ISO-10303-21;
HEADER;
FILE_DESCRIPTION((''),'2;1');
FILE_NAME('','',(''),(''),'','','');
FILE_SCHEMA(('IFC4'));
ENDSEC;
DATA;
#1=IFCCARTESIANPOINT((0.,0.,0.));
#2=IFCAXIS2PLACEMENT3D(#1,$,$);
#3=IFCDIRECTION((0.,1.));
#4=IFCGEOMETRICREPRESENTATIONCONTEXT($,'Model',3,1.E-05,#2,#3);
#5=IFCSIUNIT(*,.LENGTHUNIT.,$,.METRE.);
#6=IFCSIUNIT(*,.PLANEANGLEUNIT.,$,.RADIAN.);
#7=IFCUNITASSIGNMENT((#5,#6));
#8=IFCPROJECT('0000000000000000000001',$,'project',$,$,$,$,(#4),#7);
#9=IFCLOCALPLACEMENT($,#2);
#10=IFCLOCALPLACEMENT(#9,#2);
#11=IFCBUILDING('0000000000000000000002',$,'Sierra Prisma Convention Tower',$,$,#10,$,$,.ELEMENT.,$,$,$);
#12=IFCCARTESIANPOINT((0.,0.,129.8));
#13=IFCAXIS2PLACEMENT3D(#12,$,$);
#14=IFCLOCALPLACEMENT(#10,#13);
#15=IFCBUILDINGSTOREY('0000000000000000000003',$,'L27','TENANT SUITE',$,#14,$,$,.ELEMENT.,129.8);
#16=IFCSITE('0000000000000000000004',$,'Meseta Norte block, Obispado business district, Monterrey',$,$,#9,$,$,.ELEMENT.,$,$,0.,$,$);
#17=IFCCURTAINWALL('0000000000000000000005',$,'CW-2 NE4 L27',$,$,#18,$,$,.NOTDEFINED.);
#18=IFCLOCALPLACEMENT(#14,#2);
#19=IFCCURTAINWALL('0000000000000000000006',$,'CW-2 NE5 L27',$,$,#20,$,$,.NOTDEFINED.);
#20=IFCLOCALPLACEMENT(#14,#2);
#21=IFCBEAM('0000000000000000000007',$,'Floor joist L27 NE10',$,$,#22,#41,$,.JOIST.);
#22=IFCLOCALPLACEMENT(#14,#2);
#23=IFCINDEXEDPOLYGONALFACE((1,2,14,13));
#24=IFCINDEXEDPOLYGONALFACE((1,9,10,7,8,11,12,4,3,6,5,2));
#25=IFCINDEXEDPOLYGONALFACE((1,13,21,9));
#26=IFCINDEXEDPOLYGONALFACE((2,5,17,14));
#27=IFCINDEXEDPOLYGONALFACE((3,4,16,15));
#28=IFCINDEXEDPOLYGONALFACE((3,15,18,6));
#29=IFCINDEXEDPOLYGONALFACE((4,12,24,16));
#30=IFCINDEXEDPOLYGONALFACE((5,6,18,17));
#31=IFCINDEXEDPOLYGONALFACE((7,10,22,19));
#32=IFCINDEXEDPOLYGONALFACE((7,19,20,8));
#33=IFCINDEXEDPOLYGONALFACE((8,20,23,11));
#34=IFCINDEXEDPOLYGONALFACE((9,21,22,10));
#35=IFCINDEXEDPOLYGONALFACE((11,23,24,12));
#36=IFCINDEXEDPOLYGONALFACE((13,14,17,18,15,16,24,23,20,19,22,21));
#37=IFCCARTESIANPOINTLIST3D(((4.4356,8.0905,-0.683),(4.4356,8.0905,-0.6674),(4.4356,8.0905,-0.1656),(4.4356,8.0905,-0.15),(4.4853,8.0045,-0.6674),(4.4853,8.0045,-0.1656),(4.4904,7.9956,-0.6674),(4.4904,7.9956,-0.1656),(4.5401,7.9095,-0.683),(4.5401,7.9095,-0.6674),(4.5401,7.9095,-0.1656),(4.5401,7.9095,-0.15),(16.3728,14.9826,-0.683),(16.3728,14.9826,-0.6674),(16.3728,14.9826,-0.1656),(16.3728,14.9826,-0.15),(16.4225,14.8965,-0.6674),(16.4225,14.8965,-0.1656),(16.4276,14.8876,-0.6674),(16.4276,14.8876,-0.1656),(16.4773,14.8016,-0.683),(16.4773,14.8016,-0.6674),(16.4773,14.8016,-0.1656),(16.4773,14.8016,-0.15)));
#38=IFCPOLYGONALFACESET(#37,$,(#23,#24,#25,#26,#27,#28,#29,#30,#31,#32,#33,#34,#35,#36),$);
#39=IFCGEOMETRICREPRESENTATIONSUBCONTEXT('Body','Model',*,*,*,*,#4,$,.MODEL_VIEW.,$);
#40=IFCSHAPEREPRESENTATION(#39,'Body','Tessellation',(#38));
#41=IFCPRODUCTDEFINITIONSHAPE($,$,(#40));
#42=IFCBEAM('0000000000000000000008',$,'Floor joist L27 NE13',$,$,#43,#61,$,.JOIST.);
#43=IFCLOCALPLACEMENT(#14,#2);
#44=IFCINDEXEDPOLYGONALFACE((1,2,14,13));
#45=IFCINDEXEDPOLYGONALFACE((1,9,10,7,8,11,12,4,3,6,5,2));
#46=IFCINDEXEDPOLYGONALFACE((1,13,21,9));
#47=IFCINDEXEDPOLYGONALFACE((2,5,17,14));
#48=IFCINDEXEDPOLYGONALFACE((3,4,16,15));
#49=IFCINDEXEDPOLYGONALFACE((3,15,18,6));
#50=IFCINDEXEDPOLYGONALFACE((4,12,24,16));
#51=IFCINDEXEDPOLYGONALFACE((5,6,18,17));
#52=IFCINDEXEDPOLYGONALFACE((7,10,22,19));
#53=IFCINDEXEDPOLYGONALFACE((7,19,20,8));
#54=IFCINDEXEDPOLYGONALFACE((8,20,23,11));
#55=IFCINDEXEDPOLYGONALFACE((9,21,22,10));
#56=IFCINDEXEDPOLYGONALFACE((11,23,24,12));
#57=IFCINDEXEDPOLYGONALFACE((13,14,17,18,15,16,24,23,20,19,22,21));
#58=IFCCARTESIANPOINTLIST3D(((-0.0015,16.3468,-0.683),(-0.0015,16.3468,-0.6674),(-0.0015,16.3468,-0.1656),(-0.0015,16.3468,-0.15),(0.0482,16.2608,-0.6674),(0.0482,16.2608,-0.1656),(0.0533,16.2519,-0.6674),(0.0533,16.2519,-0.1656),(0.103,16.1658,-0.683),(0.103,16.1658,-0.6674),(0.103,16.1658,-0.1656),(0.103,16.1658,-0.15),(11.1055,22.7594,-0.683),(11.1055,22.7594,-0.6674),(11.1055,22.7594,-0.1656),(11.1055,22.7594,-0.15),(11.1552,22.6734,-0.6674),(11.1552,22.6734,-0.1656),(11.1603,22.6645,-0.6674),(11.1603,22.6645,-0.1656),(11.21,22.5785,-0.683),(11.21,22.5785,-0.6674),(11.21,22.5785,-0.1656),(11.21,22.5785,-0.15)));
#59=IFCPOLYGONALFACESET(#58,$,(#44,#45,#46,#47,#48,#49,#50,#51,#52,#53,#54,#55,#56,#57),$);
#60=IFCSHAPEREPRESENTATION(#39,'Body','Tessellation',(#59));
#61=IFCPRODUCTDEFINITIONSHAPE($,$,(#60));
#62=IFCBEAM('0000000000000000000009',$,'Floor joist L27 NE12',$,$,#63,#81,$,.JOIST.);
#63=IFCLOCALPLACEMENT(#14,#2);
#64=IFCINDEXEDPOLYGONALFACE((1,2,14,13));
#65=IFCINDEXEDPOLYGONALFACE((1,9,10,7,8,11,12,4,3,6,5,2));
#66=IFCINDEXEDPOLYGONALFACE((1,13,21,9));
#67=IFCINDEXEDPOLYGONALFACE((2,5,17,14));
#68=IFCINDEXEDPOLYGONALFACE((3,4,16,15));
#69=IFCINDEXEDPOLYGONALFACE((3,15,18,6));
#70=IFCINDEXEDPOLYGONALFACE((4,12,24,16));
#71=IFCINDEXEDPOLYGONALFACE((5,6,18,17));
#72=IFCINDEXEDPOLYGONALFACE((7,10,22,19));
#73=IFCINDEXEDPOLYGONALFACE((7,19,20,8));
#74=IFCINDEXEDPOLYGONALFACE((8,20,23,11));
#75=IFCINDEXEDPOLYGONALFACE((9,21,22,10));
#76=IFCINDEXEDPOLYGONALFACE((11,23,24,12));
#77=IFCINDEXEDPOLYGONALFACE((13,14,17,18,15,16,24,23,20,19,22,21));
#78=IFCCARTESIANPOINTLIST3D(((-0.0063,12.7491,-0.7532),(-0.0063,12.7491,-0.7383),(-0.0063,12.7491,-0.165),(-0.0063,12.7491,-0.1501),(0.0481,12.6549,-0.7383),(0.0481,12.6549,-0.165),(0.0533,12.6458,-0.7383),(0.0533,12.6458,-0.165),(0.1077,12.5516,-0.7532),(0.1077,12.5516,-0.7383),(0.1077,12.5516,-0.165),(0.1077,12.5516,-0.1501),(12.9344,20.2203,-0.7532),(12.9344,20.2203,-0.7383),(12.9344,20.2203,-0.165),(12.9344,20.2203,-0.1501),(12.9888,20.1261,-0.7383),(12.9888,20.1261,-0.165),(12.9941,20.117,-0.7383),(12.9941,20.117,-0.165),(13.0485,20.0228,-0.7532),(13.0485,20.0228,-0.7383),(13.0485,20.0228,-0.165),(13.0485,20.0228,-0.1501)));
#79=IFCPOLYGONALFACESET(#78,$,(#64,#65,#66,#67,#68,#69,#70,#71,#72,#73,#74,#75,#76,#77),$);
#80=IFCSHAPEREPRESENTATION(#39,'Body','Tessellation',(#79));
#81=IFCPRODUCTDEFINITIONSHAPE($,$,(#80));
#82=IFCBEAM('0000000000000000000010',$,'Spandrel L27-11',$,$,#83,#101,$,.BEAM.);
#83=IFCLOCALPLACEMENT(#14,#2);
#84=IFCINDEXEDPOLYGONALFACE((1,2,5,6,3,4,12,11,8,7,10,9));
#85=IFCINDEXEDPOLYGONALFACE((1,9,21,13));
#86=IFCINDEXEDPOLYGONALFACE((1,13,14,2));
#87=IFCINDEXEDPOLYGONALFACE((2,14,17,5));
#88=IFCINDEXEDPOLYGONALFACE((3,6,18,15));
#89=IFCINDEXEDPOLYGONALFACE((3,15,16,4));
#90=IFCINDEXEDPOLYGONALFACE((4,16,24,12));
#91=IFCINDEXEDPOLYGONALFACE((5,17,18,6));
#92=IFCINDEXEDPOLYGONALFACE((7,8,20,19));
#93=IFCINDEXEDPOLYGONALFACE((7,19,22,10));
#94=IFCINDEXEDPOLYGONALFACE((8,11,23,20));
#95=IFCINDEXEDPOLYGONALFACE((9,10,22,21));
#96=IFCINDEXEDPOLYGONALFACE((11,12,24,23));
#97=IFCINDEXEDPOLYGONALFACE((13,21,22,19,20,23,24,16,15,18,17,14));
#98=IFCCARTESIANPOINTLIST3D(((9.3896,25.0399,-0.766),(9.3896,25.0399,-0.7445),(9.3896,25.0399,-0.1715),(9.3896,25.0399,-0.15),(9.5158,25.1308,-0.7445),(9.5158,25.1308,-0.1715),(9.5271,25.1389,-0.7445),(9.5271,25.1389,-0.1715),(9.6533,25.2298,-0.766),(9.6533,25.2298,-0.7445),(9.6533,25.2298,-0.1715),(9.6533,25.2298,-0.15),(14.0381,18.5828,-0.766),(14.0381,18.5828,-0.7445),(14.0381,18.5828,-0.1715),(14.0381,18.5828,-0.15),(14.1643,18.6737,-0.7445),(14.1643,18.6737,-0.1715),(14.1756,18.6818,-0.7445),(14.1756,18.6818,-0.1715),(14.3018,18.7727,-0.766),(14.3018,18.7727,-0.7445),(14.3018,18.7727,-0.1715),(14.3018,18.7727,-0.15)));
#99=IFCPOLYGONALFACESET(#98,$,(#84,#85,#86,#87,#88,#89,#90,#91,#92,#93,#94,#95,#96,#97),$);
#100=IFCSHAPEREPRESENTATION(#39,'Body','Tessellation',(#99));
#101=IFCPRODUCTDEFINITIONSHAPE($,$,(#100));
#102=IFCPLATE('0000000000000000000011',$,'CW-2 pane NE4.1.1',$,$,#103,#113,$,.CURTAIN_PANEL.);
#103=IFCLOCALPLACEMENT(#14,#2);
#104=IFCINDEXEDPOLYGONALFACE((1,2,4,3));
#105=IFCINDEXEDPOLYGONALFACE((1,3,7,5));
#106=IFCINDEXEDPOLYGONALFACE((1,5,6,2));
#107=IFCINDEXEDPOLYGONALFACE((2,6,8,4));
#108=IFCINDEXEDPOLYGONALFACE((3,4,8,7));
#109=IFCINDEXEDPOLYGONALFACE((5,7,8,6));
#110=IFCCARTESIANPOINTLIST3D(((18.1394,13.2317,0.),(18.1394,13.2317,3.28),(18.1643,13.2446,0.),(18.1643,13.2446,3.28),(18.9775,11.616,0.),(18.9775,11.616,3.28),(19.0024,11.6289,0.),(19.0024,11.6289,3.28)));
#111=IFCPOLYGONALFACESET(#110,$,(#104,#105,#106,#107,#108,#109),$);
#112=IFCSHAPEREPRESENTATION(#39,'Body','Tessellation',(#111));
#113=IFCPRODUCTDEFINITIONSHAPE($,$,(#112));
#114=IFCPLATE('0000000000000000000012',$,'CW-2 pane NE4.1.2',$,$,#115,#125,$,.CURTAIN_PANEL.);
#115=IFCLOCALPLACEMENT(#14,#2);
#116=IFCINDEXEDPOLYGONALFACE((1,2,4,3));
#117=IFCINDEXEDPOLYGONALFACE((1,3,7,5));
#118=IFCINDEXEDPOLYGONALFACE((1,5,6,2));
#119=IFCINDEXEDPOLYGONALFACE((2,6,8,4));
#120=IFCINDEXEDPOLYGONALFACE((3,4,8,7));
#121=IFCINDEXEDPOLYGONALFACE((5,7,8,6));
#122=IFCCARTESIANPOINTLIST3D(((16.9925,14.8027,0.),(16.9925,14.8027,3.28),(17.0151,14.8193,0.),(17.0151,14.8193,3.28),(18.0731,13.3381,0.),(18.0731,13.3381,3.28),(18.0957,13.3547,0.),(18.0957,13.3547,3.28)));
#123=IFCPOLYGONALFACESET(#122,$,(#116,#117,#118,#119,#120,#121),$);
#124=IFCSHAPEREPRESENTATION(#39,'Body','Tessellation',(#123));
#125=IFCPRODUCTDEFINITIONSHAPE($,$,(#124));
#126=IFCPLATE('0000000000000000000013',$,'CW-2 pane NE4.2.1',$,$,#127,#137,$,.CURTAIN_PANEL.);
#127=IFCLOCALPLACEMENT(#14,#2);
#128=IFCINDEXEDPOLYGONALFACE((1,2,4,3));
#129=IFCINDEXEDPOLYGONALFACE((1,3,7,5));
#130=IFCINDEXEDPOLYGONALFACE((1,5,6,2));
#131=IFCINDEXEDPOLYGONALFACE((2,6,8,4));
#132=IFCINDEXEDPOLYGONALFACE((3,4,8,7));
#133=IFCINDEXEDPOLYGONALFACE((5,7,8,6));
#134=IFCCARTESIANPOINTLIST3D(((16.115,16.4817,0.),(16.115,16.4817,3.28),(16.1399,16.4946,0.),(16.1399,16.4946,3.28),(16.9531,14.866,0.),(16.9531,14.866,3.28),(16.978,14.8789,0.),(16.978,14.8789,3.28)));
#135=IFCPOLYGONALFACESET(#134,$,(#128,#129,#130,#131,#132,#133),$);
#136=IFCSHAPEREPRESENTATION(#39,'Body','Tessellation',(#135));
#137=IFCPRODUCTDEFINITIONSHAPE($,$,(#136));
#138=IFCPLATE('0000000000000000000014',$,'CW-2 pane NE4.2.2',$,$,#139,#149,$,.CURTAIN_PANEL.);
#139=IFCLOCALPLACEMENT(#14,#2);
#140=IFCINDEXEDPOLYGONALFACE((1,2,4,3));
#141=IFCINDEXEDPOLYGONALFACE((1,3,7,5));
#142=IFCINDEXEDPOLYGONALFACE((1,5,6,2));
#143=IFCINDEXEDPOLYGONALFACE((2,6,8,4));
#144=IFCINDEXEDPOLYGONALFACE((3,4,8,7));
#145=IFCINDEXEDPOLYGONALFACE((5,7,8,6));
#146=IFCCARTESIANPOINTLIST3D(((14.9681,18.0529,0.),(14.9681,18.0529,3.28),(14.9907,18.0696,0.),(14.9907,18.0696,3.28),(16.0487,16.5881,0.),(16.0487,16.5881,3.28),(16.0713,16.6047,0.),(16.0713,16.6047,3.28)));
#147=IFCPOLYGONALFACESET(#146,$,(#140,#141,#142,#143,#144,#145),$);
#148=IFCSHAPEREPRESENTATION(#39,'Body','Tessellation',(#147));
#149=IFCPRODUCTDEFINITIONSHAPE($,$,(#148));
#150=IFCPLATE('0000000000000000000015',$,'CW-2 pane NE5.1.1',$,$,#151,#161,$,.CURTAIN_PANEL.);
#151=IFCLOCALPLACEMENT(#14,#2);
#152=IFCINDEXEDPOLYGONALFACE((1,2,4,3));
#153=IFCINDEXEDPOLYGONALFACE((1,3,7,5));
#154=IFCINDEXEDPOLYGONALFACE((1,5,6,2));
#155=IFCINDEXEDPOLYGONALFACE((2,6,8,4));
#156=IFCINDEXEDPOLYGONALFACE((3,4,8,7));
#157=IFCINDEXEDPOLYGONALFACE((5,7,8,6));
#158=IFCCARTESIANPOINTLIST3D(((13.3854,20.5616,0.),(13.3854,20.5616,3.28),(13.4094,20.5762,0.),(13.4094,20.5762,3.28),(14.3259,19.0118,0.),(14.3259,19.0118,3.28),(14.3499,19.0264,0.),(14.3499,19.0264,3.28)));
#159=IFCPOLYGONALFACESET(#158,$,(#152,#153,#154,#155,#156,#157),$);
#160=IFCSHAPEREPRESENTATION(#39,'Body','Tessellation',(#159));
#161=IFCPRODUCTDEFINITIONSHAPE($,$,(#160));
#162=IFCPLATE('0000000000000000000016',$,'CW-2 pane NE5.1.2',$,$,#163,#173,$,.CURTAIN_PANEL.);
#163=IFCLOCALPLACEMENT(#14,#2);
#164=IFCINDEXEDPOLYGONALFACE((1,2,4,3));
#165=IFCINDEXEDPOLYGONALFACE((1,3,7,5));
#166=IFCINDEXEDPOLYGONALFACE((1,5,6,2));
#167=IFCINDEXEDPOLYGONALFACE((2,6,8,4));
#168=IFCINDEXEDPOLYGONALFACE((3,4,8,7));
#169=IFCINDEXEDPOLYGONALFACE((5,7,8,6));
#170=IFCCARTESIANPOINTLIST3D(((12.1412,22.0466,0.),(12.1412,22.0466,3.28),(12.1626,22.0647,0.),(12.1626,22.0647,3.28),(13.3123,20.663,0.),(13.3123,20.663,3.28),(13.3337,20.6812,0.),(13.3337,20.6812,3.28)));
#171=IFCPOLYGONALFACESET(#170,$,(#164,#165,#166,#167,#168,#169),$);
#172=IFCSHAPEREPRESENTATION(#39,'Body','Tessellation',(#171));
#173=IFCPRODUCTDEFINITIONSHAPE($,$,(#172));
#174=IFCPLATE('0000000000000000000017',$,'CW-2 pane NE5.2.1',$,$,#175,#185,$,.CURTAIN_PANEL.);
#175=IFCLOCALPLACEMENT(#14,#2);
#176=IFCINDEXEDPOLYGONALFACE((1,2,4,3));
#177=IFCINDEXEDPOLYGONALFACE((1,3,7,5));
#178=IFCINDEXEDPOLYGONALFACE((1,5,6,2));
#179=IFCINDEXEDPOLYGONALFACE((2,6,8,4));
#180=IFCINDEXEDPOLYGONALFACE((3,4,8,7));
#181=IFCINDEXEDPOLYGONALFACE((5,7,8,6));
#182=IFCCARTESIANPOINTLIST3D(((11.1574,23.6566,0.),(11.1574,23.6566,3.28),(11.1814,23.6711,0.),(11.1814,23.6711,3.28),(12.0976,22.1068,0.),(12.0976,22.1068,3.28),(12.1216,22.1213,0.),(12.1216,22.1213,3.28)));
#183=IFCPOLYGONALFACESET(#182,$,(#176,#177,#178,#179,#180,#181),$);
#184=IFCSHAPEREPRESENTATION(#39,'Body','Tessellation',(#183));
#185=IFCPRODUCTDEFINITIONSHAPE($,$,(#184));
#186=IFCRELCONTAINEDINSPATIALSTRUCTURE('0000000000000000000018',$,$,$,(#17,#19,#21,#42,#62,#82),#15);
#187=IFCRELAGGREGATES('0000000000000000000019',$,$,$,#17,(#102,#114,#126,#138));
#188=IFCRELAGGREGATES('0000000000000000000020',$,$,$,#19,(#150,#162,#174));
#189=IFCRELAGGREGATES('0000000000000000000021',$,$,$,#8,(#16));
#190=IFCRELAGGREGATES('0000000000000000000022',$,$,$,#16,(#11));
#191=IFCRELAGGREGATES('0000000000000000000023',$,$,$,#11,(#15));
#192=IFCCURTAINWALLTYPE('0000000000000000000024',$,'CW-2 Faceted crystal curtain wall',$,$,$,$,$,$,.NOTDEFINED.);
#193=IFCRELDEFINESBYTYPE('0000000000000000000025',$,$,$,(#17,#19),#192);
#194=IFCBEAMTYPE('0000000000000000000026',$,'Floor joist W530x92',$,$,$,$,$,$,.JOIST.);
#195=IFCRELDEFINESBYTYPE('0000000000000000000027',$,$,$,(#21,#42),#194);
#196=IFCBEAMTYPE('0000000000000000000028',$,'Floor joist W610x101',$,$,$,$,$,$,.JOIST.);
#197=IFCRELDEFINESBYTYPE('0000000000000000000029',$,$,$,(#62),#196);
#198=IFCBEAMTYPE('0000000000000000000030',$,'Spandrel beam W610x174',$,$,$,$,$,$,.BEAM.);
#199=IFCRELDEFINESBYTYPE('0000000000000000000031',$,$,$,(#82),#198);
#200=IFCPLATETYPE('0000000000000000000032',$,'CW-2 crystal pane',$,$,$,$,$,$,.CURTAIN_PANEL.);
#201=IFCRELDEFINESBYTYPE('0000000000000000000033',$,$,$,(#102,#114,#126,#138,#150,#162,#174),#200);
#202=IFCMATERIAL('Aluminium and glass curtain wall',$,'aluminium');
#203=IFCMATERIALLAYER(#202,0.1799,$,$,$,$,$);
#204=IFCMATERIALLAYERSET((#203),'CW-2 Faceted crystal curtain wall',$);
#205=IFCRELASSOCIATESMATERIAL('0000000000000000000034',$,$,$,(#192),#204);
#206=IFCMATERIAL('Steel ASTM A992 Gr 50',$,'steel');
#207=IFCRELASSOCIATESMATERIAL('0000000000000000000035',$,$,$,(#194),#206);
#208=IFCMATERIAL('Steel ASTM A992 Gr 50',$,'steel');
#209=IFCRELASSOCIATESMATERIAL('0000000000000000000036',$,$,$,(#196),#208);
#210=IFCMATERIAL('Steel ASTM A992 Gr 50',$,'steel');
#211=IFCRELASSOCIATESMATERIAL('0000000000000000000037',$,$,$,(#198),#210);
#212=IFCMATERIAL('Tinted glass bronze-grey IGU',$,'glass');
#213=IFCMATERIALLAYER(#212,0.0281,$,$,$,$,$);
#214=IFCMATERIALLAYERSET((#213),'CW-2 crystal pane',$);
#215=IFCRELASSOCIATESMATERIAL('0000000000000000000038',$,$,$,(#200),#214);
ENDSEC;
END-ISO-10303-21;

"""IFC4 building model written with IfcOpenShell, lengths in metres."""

from ifc_helpers import new_model, si_unit, direction, frame, origin, origin_2d, place, context, subcontext, project, spatial, polyline, i_section, outline, extrude, material, layer, layer_set, material_profile, profile_set, type_object, element, aggregate, save


model = new_model("IFC4")

# Units and contexts
model_context = context("Model", 3, precision=1e-05, world=origin(), true_north=direction((0.0, 1.0)))
body_context = subcontext(model_context, "Body", "Model", "MODEL_VIEW")
ifc_project = project(units=[si_unit("LENGTHUNIT", "METRE"), si_unit("PLANEANGLEUNIT", "RADIAN")], contexts=[model_context])

# Site, building, storey
site_placement = place(None, origin())
site = spatial("IfcSite", under=ifc_project, at=site_placement, Name="Meseta Norte block, Obispado business district, Monterrey", CompositionType="ELEMENT", RefElevation=0.0)
building_placement = place(site_placement, origin())
building = spatial("IfcBuilding", under=site, at=building_placement, Name="Sierra Prisma Convention Tower", CompositionType="ELEMENT")
storey_placement = place(building_placement, frame((0.0, 0.0, 129.8)))
storey = spatial("IfcBuildingStorey", under=building, at=storey_placement, Name="L27", Description="TENANT SUITE", CompositionType="ELEMENT", Elevation=129.8)

# Curtain walls
ifc_material_1 = material(Name="Aluminium and glass curtain wall", Category="aluminium")
ifc_layer_1 = layer(ifc_material_1, 0.1799)
ifc_layer_set_1 = layer_set([ifc_layer_1], Name="CW-2 Faceted crystal curtain wall")
curtain_wall_type = type_object("IfcCurtainWallType", Name="CW-2 Faceted crystal curtain wall", PredefinedType="NOTDEFINED", material=ifc_layer_set_1)
curtain_wall_1_placement = place(storey_placement, origin())
curtain_wall_1 = element("IfcCurtainWall", 1, at=curtain_wall_1_placement, inside=storey, type_object=curtain_wall_type, Name="CW-2 NE4 L27", PredefinedType="NOTDEFINED")
curtain_wall_2_placement = place(storey_placement, origin())
curtain_wall_2 = element("IfcCurtainWall", 2, at=curtain_wall_2_placement, inside=storey, type_object=curtain_wall_type, Name="CW-2 NE5 L27", PredefinedType="NOTDEFINED")

# Beams
ifc_material_2 = material(Name="Steel ASTM A992 Gr 50", Category="steel")
ifc_material_profile_1 = material_profile(ifc_material_2, i_section(OverallWidth=0.209, OverallDepth=0.533, WebThickness=0.0103, FlangeThickness=0.0156, at=origin_2d()), Name="W530x92")
ifc_profile_set_1 = profile_set([ifc_material_profile_1], Name="Steel ASTM A992 Gr 50")
beam_type_1 = type_object("IfcBeamType", Name="Floor joist W530x92", PredefinedType="JOIST", material=ifc_profile_set_1)
beam_1_placement = place(storey_placement, frame((16.425, 14.8921, -0.4165), z_axis=(-0.866022, -0.500006, 0.0), x_axis=(0.500006, -0.866022, 0.0)))
element("IfcBeam", 3, at=beam_1_placement, inside=storey, type_object=beam_type_1, Name="Floor joist L27 NE10", PredefinedType="JOIST", context=body_context, shape_type="SweptSolid", body=[
    extrude(i_section(OverallWidth=0.209, OverallDepth=0.533, WebThickness=0.0103, FlangeThickness=0.0156, at=origin_2d()), origin(), (0.0, 0.0, 1.0), 13.7839),
])
beam_2_placement = place(storey_placement, frame((11.1577, 22.6689, -0.4165), z_axis=(-0.866025, -0.5, 0.0), x_axis=(0.5, -0.866025, 0.0)))
element("IfcBeam", 4, at=beam_2_placement, inside=storey, type_object=beam_type_1, Name="Floor joist L27 NE13", PredefinedType="JOIST", context=body_context, shape_type="SweptSolid", body=[
    extrude(i_section(OverallWidth=0.209, OverallDepth=0.533, WebThickness=0.0103, FlangeThickness=0.0156, at=origin_2d()), origin(), (0.0, 0.0, 1.0), 12.8252),
])
ifc_material_3 = material(Name="Steel ASTM A992 Gr 50", Category="steel")
ifc_material_profile_2 = material_profile(ifc_material_3, i_section(OverallWidth=0.228, OverallDepth=0.603, WebThickness=0.0105, FlangeThickness=0.0149, at=origin_2d()), Name="W610x101")
ifc_profile_set_2 = profile_set([ifc_material_profile_2], Name="Steel ASTM A992 Gr 50")
beam_type_2 = type_object("IfcBeamType", Name="Floor joist W610x101", PredefinedType="JOIST", material=ifc_profile_set_2)
beam_3_placement = place(storey_placement, frame((12.9915, 20.1216, -0.4517), z_axis=(-0.866029, -0.499994, 0.0), x_axis=(0.499994, -0.866029, 0.0)))
element("IfcBeam", 5, at=beam_3_placement, inside=storey, type_object=beam_type_2, Name="Floor joist L27 NE12", PredefinedType="JOIST", context=body_context, shape_type="SweptSolid", body=[
    extrude(i_section(OverallWidth=0.228, OverallDepth=0.603, WebThickness=0.0105, FlangeThickness=0.0149, at=origin_2d()), origin(), (0.0, 0.0, 1.0), 14.9426),
])
ifc_material_4 = material(Name="Steel ASTM A992 Gr 50", Category="steel")
ifc_material_profile_3 = material_profile(ifc_material_4, i_section(OverallWidth=0.325, OverallDepth=0.616, WebThickness=0.0139, FlangeThickness=0.0215, at=origin_2d()), Name="W610x174")
ifc_profile_set_3 = profile_set([ifc_material_profile_3], Name="Steel ASTM A992 Gr 50")
beam_type_3 = type_object("IfcBeamType", Name="Spandrel beam W610x174", PredefinedType="BEAM", material=ifc_profile_set_3)
beam_4_placement = place(storey_placement, frame((14.1699, 18.6777, -0.458), z_axis=(-0.584253, 0.811572, 0.0), x_axis=(-0.811572, -0.584253, 0.0)))
element("IfcBeam", 6, at=beam_4_placement, inside=storey, type_object=beam_type_3, Name="Spandrel L27-11", PredefinedType="BEAM", context=body_context, shape_type="SweptSolid", body=[
    extrude(i_section(OverallWidth=0.325, OverallDepth=0.616, WebThickness=0.0139, FlangeThickness=0.0215, at=origin_2d()), origin(), (0.0, 0.0, 1.0), 7.9563),
])

# Plates
ifc_material_5 = material(Name="Tinted glass bronze-grey IGU", Category="glass")
ifc_layer_2 = layer(ifc_material_5, 0.0281)
ifc_layer_set_2 = layer_set([ifc_layer_2], Name="CW-2 crystal pane")
plate_type = type_object("IfcPlateType", Name="CW-2 crystal pane", PredefinedType="CURTAIN_PANEL", material=ifc_layer_set_2)
plate_1_placement = place(storey_placement, frame((19.0024, 11.6289, 0.0), z_axis=(0.887675, 0.46047, 0.0), x_axis=(-0.46047, 0.887675, 0.0)))
plate_1 = element("IfcPlate", 7, at=plate_1_placement, type_object=plate_type, Name="CW-2 pane NE4.1.1", PredefinedType="CURTAIN_PANEL", context=body_context, shape_type="SweptSolid", body=[
    extrude(outline(polyline([(0.0, 0.0), (1.8202, 0.0), (1.8202, 3.28), (0.0, 3.28), (0.0, 0.0)])), origin(), (0.0, 0.0, -1.0), 0.0281),
])
plate_2_placement = place(storey_placement, frame((17.0151, 14.8193, 0.0), z_axis=(0.804692, 0.593693, 0.0), x_axis=(0.593693, -0.804692, 0.0)))
plate_2 = element("IfcPlate", 8, at=plate_2_placement, type_object=plate_type, Name="CW-2 pane NE4.1.2", PredefinedType="CURTAIN_PANEL", context=body_context, shape_type="SweptSolid", body=[
    extrude(outline(polyline([(0.0, 0.0), (1.8201, 0.0), (1.8201, -3.28), (0.0, -3.28), (0.0, 0.0)])), origin(), (0.0, 0.0, -1.0), 0.0281),
])
plate_3_placement = place(storey_placement, frame((16.978, 14.8789, 0.0), z_axis=(0.887675, 0.46047, 0.0), x_axis=(-0.46047, 0.887675, 0.0)))
plate_3 = element("IfcPlate", 9, at=plate_3_placement, type_object=plate_type, Name="CW-2 pane NE4.2.1", PredefinedType="CURTAIN_PANEL", context=body_context, shape_type="SweptSolid", body=[
    extrude(outline(polyline([(0.0, 0.0), (1.8202, 0.0), (1.8202, 3.28), (0.0, 3.28), (0.0, 0.0)])), origin(), (0.0, 0.0, -1.0), 0.0281),
])
plate_4_placement = place(storey_placement, frame((14.9907, 18.0696, 0.0), z_axis=(0.804739, 0.593629, 0.0), x_axis=(0.593629, -0.804739, 0.0)))
plate_4 = element("IfcPlate", 10, at=plate_4_placement, type_object=plate_type, Name="CW-2 pane NE4.2.2", PredefinedType="CURTAIN_PANEL", context=body_context, shape_type="SweptSolid", body=[
    extrude(outline(polyline([(0.0, 0.0), (1.8203, 0.0), (1.8203, -3.28), (0.0, -3.28), (0.0, 0.0)])), origin(), (0.0, 0.0, -1.0), 0.0281),
])
aggregate(curtain_wall_1, [plate_1, plate_2, plate_3, plate_4])
plate_5_placement = place(storey_placement, frame((14.3499, 19.0264, 0.0), z_axis=(0.854916, 0.518767, 0.0), x_axis=(-0.518767, 0.854916, 0.0)))
plate_5 = element("IfcPlate", 11, at=plate_5_placement, type_object=plate_type, Name="CW-2 pane NE5.1.1", PredefinedType="CURTAIN_PANEL", context=body_context, shape_type="SweptSolid", body=[
    extrude(outline(polyline([(0.0, 0.0), (1.8128, 0.0), (1.8128, 3.28), (0.0, 3.28), (0.0, 0.0)])), origin(), (0.0, 0.0, -1.0), 0.0281),
])
plate_6_placement = place(storey_placement, frame((12.1626, 22.0647, 0.0), z_axis=(0.763264, 0.646087, 0.0), x_axis=(0.646087, -0.763264, 0.0)))
plate_6 = element("IfcPlate", 12, at=plate_6_placement, type_object=plate_type, Name="CW-2 pane NE5.1.2", PredefinedType="CURTAIN_PANEL", context=body_context, shape_type="SweptSolid", body=[
    extrude(outline(polyline([(0.0, 0.0), (1.8127, 0.0), (1.8127, -3.28), (0.0, -3.28), (0.0, 0.0)])), origin(), (0.0, 0.0, -1.0), 0.0281),
])
plate_7_placement = place(storey_placement, frame((12.1216, 22.1213, 0.0), z_axis=(0.854975, 0.518669, 0.0), x_axis=(-0.518669, 0.854975, 0.0)))
plate_7 = element("IfcPlate", 13, at=plate_7_placement, type_object=plate_type, Name="CW-2 pane NE5.2.1", PredefinedType="CURTAIN_PANEL", context=body_context, shape_type="SweptSolid", body=[
    extrude(outline(polyline([(0.0, 0.0), (1.8127, 0.0), (1.8127, 3.28), (0.0, 3.28), (0.0, 0.0)])), origin(), (0.0, 0.0, -1.0), 0.0281),
])
aggregate(curtain_wall_2, [plate_5, plate_6, plate_7])

save(model, "model.ifc")
